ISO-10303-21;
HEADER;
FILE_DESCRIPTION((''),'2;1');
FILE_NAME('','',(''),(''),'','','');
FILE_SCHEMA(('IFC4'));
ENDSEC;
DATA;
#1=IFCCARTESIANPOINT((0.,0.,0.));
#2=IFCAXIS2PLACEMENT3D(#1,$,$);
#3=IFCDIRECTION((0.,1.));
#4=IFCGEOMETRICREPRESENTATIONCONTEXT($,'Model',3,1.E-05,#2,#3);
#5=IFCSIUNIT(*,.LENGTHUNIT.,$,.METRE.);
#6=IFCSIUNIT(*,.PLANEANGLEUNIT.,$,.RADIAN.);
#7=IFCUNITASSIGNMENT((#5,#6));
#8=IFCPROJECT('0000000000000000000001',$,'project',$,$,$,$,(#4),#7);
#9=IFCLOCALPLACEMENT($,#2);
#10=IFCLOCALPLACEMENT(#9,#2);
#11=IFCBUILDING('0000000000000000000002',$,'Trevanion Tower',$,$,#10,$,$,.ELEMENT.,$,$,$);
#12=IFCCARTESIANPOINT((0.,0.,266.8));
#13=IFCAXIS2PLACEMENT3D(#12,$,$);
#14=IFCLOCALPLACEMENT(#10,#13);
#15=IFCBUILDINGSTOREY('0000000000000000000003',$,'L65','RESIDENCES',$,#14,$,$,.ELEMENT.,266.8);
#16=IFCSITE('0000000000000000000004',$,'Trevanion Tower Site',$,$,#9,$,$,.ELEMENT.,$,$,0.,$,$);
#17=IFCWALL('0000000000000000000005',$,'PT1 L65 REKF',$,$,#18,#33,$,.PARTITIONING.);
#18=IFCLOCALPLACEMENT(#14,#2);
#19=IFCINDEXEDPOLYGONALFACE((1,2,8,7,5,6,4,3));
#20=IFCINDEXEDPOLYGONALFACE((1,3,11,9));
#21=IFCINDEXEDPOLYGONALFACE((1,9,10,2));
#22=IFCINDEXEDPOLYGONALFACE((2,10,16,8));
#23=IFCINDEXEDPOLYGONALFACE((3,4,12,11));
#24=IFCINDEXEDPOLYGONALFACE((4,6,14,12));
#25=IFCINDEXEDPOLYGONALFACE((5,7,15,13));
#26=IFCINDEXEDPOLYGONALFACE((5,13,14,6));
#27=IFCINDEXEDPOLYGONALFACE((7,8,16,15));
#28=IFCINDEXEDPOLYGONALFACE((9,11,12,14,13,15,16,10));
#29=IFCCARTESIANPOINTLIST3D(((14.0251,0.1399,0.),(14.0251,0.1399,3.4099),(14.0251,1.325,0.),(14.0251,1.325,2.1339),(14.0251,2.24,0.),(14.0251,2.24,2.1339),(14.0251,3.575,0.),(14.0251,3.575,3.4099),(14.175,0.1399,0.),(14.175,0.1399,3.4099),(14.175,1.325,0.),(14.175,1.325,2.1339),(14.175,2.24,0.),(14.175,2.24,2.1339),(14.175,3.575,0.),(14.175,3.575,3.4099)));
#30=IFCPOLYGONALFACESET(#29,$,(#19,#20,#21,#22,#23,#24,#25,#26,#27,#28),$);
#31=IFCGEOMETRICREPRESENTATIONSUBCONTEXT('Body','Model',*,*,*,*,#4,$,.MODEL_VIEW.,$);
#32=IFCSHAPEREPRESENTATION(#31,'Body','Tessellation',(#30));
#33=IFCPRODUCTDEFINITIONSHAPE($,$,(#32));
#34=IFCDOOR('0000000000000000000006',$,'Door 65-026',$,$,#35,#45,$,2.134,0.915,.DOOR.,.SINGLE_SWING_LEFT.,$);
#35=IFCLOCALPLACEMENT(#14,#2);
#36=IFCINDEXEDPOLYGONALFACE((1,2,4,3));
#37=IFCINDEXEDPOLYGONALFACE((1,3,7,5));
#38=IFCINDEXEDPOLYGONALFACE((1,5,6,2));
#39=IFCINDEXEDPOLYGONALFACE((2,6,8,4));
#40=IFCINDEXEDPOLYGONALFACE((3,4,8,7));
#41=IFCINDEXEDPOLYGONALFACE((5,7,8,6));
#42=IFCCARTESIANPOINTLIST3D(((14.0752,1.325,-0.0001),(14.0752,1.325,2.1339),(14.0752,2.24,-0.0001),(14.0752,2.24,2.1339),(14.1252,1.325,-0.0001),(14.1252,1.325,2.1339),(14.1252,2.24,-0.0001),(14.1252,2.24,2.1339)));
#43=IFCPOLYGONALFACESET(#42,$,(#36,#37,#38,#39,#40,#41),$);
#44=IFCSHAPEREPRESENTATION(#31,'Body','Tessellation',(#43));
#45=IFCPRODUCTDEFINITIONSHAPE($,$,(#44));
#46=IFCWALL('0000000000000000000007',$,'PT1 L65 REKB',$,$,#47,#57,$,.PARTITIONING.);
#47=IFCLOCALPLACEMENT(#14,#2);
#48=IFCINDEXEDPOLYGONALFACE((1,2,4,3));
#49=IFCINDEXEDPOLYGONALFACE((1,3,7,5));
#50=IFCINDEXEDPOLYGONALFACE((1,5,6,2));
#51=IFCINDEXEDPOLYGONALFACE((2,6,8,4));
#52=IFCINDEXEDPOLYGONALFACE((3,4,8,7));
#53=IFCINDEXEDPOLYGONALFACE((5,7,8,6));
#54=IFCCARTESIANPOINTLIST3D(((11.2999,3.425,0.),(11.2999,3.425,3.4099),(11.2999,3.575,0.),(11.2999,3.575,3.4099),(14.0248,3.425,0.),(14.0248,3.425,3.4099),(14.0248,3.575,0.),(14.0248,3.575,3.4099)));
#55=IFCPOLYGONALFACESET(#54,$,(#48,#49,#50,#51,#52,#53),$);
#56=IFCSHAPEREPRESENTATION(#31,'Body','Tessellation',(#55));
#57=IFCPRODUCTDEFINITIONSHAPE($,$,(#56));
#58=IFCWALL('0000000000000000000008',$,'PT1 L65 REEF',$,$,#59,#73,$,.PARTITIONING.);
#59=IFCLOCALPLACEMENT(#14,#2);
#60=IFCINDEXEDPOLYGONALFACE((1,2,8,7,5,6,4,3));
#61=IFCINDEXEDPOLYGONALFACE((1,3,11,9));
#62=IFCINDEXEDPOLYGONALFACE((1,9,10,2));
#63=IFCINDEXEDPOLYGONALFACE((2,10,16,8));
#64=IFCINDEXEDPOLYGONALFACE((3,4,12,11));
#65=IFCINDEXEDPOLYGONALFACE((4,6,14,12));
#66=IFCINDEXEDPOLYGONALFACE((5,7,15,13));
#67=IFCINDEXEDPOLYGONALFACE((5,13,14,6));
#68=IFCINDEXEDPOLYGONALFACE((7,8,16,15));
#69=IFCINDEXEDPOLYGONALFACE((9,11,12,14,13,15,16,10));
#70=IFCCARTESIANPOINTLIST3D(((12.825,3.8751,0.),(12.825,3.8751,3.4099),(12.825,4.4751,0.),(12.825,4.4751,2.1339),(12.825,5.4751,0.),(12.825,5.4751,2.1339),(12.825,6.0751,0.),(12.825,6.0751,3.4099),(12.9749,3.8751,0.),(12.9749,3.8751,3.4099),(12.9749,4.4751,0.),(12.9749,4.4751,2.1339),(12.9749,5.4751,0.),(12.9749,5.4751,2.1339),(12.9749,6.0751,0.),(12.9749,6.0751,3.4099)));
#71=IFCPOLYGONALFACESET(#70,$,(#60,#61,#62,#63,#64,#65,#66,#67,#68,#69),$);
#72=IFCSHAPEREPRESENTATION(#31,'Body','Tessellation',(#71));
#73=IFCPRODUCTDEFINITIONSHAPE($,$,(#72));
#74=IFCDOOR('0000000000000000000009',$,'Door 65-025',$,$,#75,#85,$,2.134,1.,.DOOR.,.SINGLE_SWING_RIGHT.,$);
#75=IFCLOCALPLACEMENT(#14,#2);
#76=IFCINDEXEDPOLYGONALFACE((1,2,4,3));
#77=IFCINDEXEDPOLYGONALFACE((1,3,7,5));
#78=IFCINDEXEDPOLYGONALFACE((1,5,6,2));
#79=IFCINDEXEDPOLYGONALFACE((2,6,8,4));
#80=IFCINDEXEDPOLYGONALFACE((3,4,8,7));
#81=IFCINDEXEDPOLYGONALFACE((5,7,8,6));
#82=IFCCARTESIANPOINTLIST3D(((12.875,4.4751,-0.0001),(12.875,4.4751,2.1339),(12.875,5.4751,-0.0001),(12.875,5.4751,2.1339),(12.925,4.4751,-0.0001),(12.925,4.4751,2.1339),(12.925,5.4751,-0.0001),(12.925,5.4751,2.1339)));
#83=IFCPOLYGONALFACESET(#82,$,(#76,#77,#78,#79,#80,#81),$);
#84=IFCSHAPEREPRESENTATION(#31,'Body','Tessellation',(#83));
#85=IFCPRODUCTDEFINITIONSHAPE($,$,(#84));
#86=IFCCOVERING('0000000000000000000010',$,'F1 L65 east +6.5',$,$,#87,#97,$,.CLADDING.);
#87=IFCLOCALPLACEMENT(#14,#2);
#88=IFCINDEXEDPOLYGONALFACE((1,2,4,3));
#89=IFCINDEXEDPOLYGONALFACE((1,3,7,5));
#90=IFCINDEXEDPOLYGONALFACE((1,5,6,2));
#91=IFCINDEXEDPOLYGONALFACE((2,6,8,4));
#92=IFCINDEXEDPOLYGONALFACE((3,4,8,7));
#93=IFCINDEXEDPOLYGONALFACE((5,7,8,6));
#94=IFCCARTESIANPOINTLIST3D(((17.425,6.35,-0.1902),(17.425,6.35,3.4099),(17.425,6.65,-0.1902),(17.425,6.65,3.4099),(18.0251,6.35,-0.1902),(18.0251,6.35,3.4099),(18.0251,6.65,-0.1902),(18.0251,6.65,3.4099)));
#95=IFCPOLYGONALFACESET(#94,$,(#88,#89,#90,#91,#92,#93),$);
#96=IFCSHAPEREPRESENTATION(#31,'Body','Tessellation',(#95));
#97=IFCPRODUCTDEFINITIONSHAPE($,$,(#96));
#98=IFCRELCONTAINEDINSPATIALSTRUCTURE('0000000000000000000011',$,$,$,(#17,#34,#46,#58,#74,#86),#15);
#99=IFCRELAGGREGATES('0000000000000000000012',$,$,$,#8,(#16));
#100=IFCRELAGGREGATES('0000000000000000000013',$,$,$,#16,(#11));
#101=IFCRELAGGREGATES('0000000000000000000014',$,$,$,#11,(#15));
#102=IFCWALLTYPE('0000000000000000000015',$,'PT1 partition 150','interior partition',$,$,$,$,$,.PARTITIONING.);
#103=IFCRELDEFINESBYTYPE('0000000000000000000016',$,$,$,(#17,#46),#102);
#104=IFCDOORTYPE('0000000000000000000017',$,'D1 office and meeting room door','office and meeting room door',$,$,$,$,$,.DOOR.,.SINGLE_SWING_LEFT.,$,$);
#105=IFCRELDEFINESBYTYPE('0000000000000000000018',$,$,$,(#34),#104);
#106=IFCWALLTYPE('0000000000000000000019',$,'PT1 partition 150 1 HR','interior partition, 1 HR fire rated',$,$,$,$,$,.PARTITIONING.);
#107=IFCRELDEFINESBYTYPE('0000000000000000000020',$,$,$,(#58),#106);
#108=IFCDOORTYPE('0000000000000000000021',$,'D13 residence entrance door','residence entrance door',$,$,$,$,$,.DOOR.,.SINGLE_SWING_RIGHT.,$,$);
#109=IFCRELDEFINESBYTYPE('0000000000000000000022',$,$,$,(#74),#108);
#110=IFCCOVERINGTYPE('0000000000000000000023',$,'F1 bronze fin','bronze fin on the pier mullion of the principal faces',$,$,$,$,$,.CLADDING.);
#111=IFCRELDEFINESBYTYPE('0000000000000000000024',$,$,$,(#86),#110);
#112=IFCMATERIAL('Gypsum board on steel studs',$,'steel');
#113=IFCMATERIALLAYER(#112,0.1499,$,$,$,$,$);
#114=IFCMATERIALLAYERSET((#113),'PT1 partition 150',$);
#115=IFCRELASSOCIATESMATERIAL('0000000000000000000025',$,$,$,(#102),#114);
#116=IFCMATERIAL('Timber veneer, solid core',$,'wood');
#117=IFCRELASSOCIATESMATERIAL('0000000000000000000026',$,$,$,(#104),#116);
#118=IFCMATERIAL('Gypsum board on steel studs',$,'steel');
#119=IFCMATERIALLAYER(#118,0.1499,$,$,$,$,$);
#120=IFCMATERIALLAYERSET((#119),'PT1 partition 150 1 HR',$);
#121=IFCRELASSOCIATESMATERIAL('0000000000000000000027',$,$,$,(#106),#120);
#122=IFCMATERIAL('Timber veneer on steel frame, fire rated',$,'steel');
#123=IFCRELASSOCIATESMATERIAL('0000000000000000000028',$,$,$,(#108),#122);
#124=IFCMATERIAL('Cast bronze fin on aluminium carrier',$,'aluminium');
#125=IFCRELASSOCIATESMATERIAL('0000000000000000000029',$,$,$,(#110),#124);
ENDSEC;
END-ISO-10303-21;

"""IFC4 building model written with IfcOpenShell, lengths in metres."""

from ifc_helpers import new_model, si_unit, direction, frame, frame_2d, origin, origin_2d, place, context, subcontext, project, spatial, rectangle, extrude, material, layer, layer_set, type_object, element, fill, save


model = new_model("IFC4")

# Units and contexts
model_context = context("Model", 3, precision=1e-05, world=origin(), true_north=direction((0.0, 1.0)))
body_context = subcontext(model_context, "Body", "Model", "MODEL_VIEW")
ifc_project = project(units=[si_unit("LENGTHUNIT", "METRE"), si_unit("PLANEANGLEUNIT", "RADIAN")], contexts=[model_context])

# Site, building, storey
site_placement = place(None, origin())
site = spatial("IfcSite", under=ifc_project, at=site_placement, Name="Trevanion Tower Site", CompositionType="ELEMENT", RefElevation=0.0)
building_placement = place(site_placement, origin())
building = spatial("IfcBuilding", under=site, at=building_placement, Name="Trevanion Tower", CompositionType="ELEMENT")
storey_placement = place(building_placement, frame((0.0, 0.0, 266.8)))
storey = spatial("IfcBuildingStorey", under=building, at=storey_placement, Name="L65", Description="RESIDENCES", CompositionType="ELEMENT", Elevation=266.8)

# Shared definitions
ifc_material_1 = material(Name="Gypsum board on steel studs", Category="steel")
ifc_layer_1 = layer(ifc_material_1, 0.1499)
ifc_layer_set_1 = layer_set([ifc_layer_1], Name="PT1 partition 150")
wall_type_1 = type_object("IfcWallType", Name="PT1 partition 150", Description="interior partition", PredefinedType="PARTITIONING", material=ifc_layer_set_1)
ifc_material_2 = material(Name="Timber veneer, solid core", Category="wood")
door_type_1 = type_object("IfcDoorType", Name="D1 office and meeting room door", Description="office and meeting room door", OperationType="SINGLE_SWING_LEFT", PredefinedType="DOOR", material=ifc_material_2)

# Wall, opening, door
wall_1_placement = place(storey_placement, frame((14.1001, 0.1399, 0.0), z_axis=(0.0, 0.0, 1.0), x_axis=(0.0, 1.0, 0.0)))
wall_1 = element("IfcWall", 1, at=wall_1_placement, inside=storey, type_object=wall_type_1, Name="PT1 L65 REKF", PredefinedType="PARTITIONING", context=body_context, shape_type="SweptSolid", body=[
    extrude(rectangle(XDim=3.4351, YDim=0.1499, at=frame_2d((1.7175, 0.0))), origin(), (0.0, 0.0, 1.0), 3.4099),
])
opening_1_placement = place(wall_1_placement, frame((1.1851, 0.0, 0.0)))
opening_1 = element("IfcOpeningElement", 2, at=opening_1_placement, cuts=wall_1, PredefinedType="OPENING", context=body_context, shape_type="SweptSolid", body=[
    extrude(rectangle(XDim=0.915, YDim=2.134, at=frame_2d((0.4575, 1.0669))), frame((0.0, 0.085, 0.0), z_axis=(0.0, -1.0, 0.0), x_axis=(1.0, 0.0, 0.0)), (0.0, 0.0, 1.0), 0.1699),
])
door_1_placement = place(opening_1_placement, origin())
door_1 = element("IfcDoor", 3, at=door_1_placement, inside=storey, type_object=door_type_1, Name="Door 65-026", OperationType="SINGLE_SWING_LEFT", OverallHeight=2.134, OverallWidth=0.915, PredefinedType="DOOR", context=body_context, shape_type="SweptSolid", body=[
    extrude(rectangle(XDim=0.915, YDim=2.134, at=frame_2d((0.4575, 1.0669))), frame((0.0, 0.0249, 0.0), z_axis=(0.0, -1.0, 0.0), x_axis=(1.0, 0.0, 0.0)), (0.0, 0.0, 1.0), 0.05),
])
fill(opening_1, door_1)

# Wall
wall_2_placement = place(storey_placement, frame((11.3, 3.5, 0.0), z_axis=(0.0, 0.0, 1.0), x_axis=(1.0, 0.0, 0.0)))
element("IfcWall", 4, at=wall_2_placement, inside=storey, type_object=wall_type_1, Name="PT1 L65 REKB", PredefinedType="PARTITIONING", context=body_context, shape_type="SweptSolid", body=[
    extrude(rectangle(XDim=2.7249, YDim=0.1499, at=frame_2d((1.3623, 0.0))), origin(), (0.0, 0.0, 1.0), 3.4099),
])

# Wall, opening, door
ifc_material_3 = material(Name="Gypsum board on steel studs", Category="steel")
ifc_layer_2 = layer(ifc_material_3, 0.1499)
ifc_layer_set_2 = layer_set([ifc_layer_2], Name="PT1 partition 150 1 HR")
wall_type_2 = type_object("IfcWallType", Name="PT1 partition 150 1 HR", Description="interior partition, 1 HR fire rated", PredefinedType="PARTITIONING", material=ifc_layer_set_2)
wall_3_placement = place(storey_placement, frame((12.8999, 3.875, 0.0), z_axis=(0.0, 0.0, 1.0), x_axis=(0.0, 1.0, 0.0)))
wall_3 = element("IfcWall", 5, at=wall_3_placement, inside=storey, type_object=wall_type_2, Name="PT1 L65 REEF", PredefinedType="PARTITIONING", context=body_context, shape_type="SweptSolid", body=[
    extrude(rectangle(XDim=2.2, YDim=0.1499, at=frame_2d((1.1001, 0.0))), origin(), (0.0, 0.0, 1.0), 3.4099),
])
opening_2_placement = place(wall_3_placement, frame((0.6001, 0.0, 0.0)))
opening_2 = element("IfcOpeningElement", 6, at=opening_2_placement, cuts=wall_3, PredefinedType="OPENING", context=body_context, shape_type="SweptSolid", body=[
    extrude(rectangle(XDim=1.0, YDim=2.134, at=frame_2d((0.5, 1.0669))), frame((0.0, 0.085, 0.0), z_axis=(0.0, -1.0, 0.0), x_axis=(1.0, 0.0, 0.0)), (0.0, 0.0, 1.0), 0.1699),
])
ifc_material_4 = material(Name="Timber veneer on steel frame, fire rated", Category="steel")
door_type_2 = type_object("IfcDoorType", Name="D13 residence entrance door", Description="residence entrance door", OperationType="SINGLE_SWING_RIGHT", PredefinedType="DOOR", material=ifc_material_4)
door_2_placement = place(opening_2_placement, origin())
door_2 = element("IfcDoor", 7, at=door_2_placement, inside=storey, type_object=door_type_2, Name="Door 65-025", OperationType="SINGLE_SWING_RIGHT", OverallHeight=2.134, OverallWidth=1.0, PredefinedType="DOOR", context=body_context, shape_type="SweptSolid", body=[
    extrude(rectangle(XDim=1.0, YDim=2.134, at=frame_2d((0.5, 1.0669))), frame((0.0, 0.0249, 0.0), z_axis=(0.0, -1.0, 0.0), x_axis=(1.0, 0.0, 0.0)), (0.0, 0.0, 1.0), 0.05),
])
fill(opening_2, door_2)

# Covering
ifc_material_5 = material(Name="Cast bronze fin on aluminium carrier", Category="aluminium")
covering_type = type_object("IfcCoveringType", Name="F1 bronze fin", Description="bronze fin on the pier mullion of the principal faces", PredefinedType="CLADDING", material=ifc_material_5)
covering_placement = place(storey_placement, frame((17.7251, 6.5, -0.1902), z_axis=(0.0, 0.0, 1.0), x_axis=(0.0, 1.0, 0.0)))
element("IfcCovering", 8, at=covering_placement, inside=storey, type_object=covering_type, Name="F1 L65 east +6.5", PredefinedType="CLADDING", context=body_context, shape_type="SweptSolid", body=[
    extrude(rectangle(XDim=0.3, YDim=0.6001, at=origin_2d()), origin(), (0.0, 0.0, 1.0), 3.6001),
])

save(model, "model.ifc")
